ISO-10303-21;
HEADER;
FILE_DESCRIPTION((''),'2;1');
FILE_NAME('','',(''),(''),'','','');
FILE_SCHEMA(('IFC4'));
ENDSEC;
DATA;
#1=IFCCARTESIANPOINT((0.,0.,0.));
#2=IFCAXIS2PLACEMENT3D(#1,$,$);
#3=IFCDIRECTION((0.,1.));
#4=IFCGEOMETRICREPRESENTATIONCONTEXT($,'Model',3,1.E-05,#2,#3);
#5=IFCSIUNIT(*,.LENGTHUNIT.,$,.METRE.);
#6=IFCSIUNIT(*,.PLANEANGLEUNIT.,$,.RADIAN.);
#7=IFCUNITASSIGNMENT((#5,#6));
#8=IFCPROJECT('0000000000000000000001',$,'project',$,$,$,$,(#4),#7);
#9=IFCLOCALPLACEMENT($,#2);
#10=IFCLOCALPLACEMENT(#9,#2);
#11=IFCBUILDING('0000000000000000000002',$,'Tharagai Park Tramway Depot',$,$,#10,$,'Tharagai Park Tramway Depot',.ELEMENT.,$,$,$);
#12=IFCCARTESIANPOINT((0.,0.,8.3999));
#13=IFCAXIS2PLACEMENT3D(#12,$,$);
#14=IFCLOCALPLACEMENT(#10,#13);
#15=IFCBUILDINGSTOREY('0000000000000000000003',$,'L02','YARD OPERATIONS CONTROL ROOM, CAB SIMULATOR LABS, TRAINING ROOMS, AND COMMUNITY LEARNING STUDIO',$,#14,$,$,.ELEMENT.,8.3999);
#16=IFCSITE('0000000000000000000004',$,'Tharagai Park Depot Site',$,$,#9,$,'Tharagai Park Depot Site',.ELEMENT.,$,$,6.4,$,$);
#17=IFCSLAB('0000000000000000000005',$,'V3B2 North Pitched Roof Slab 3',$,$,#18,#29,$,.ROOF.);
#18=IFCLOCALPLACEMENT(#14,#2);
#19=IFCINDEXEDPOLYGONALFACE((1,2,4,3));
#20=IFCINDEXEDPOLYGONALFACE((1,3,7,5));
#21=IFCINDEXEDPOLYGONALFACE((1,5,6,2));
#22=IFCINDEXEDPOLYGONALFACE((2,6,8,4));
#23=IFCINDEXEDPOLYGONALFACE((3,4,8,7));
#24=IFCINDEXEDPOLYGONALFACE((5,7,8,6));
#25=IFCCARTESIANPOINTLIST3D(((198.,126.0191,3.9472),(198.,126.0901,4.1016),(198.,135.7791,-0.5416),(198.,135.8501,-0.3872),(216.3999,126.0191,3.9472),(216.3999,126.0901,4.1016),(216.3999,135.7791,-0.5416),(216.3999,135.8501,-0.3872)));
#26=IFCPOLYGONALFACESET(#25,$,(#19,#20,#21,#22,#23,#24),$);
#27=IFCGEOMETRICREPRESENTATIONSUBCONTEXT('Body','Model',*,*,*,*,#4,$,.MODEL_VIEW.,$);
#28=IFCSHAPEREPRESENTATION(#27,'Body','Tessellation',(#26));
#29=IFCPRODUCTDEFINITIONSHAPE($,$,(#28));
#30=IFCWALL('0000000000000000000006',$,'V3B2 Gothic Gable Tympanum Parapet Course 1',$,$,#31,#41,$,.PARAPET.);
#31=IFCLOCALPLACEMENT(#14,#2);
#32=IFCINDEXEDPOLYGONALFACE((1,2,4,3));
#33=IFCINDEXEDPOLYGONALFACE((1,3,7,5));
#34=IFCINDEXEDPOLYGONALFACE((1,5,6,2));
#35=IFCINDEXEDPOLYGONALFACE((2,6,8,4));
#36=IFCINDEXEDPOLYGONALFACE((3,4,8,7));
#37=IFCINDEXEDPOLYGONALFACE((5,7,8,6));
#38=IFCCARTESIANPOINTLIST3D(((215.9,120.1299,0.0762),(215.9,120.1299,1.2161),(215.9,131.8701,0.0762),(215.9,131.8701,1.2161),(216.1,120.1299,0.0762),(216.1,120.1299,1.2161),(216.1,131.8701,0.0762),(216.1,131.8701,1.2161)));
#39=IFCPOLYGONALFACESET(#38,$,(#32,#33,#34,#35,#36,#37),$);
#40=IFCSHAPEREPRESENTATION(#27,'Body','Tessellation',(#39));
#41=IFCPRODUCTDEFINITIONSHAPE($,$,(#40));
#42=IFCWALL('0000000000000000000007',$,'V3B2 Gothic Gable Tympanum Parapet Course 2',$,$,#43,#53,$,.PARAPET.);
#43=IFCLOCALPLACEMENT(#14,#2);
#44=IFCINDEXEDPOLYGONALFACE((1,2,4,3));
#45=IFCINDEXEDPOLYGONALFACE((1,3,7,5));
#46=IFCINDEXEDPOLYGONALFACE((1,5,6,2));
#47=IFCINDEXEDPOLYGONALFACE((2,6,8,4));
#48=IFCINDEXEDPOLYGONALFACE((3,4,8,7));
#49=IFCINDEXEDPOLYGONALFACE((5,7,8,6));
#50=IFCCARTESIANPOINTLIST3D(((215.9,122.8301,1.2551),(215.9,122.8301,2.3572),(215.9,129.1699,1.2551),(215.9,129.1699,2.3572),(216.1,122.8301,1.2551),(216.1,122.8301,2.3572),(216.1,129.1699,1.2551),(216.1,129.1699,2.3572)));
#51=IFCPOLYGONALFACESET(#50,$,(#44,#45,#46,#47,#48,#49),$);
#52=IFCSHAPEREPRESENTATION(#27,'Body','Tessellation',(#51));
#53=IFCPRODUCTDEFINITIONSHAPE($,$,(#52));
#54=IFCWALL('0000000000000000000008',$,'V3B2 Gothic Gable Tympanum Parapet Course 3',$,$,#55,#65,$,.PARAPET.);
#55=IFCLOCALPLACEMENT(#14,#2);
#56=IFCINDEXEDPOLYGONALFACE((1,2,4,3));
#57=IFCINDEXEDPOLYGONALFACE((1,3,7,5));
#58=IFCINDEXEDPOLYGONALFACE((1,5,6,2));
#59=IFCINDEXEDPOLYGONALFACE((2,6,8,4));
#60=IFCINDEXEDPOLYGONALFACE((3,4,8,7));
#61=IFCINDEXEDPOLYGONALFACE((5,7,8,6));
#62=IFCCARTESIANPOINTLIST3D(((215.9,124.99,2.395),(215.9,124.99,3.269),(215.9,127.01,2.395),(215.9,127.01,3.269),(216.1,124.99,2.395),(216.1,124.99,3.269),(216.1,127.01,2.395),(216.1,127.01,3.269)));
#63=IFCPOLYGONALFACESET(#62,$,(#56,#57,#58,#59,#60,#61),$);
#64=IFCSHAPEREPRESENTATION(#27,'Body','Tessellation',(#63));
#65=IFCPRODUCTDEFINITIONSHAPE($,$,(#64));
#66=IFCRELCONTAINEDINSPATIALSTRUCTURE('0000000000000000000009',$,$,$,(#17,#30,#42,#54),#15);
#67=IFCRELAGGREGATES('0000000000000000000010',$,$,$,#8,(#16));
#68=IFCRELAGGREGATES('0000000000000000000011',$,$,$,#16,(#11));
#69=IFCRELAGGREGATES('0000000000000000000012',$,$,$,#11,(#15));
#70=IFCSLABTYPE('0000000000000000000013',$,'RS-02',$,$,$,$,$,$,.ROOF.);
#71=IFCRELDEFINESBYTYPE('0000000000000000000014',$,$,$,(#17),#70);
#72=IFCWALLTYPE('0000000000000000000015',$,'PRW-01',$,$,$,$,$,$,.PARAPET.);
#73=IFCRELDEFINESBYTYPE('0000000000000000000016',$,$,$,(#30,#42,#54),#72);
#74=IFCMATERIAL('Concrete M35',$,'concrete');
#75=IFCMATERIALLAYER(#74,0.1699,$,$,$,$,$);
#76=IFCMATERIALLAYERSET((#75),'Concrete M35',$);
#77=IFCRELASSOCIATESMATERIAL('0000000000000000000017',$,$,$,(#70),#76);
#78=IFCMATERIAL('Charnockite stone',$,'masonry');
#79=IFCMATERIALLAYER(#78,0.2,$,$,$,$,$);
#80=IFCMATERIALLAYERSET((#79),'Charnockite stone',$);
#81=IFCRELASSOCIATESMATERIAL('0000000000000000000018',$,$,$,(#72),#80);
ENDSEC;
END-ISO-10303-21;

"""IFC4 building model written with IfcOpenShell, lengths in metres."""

from ifc_helpers import new_model, si_unit, direction, frame, frame_2d, origin, place, context, subcontext, project, spatial, polyline, rectangle, outline, extrude, material, layer, layer_set, type_object, element, save


model = new_model("IFC4")

# Units and contexts
model_context = context("Model", 3, precision=1e-05, world=origin(), true_north=direction((0.0, 1.0)))
body_context = subcontext(model_context, "Body", "Model", "MODEL_VIEW")
ifc_project = project(units=[si_unit("LENGTHUNIT", "METRE"), si_unit("PLANEANGLEUNIT", "RADIAN")], contexts=[model_context])

# Site, building, storey
site_placement = place(None, origin())
site = spatial("IfcSite", under=ifc_project, at=site_placement, Name="Tharagai Park Depot Site", LongName="Tharagai Park Depot Site", CompositionType="ELEMENT", RefElevation=6.4)
building_placement = place(site_placement, origin())
building = spatial("IfcBuilding", under=site, at=building_placement, Name="Tharagai Park Tramway Depot", LongName="Tharagai Park Tramway Depot", CompositionType="ELEMENT")
storey_placement = place(building_placement, frame((0.0, 0.0, 8.3999)))
storey = spatial("IfcBuildingStorey", under=building, at=storey_placement, Name="L02", Description="YARD OPERATIONS CONTROL ROOM, CAB SIMULATOR LABS, TRAINING ROOMS, AND COMMUNITY LEARNING STUDIO", CompositionType="ELEMENT", Elevation=8.3999)

# Slab
ifc_material_1 = material(Name="Concrete M35", Category="concrete")
ifc_layer_1 = layer(ifc_material_1, 0.1699)
ifc_layer_set_1 = layer_set([ifc_layer_1], Name="Concrete M35")
slab_type = type_object("IfcSlabType", Name="RS-02", PredefinedType="ROOF", material=ifc_layer_set_1)
slab_1_placement = place(storey_placement, frame((216.3999, 135.8501, -0.3872), z_axis=(0.0, 0.417841, 0.90852), x_axis=(-1.0, 0.0, 0.0)))
element("IfcSlab", 1, at=slab_1_placement, inside=storey, type_object=slab_type, Name="V3B2 North Pitched Roof Slab 3", PredefinedType="ROOF", context=body_context, shape_type="SweptSolid", body=[
    extrude(outline(polyline([(0.0, 0.0), (18.3999, 0.0), (18.3999, 10.7428), (0.0, 10.7428), (0.0, 0.0)])), origin(), (0.0, 0.0, -1.0), 0.1699),
])

# Walls
ifc_material_2 = material(Name="Charnockite stone", Category="masonry")
ifc_layer_2 = layer(ifc_material_2, 0.2)
ifc_layer_set_2 = layer_set([ifc_layer_2], Name="Charnockite stone")
wall_type = type_object("IfcWallType", Name="PRW-01", PredefinedType="PARAPET", material=ifc_layer_set_2)
wall_1_placement = place(storey_placement, frame((216.0, 120.1299, 0.0762), z_axis=(0.0, 0.0, 1.0), x_axis=(0.0, 1.0, 0.0)))
element("IfcWall", 2, at=wall_1_placement, inside=storey, type_object=wall_type, Name="V3B2 Gothic Gable Tympanum Parapet Course 1", PredefinedType="PARAPET", context=body_context, shape_type="SweptSolid", body=[
    extrude(rectangle(XDim=11.7402, YDim=0.2, at=frame_2d((5.8701, 0.0))), origin(), (0.0, 0.0, 1.0), 1.1399),
])
wall_2_placement = place(storey_placement, frame((216.0, 122.8301, 1.2551), z_axis=(0.0, 0.0, 1.0), x_axis=(0.0, 1.0, 0.0)))
element("IfcWall", 3, at=wall_2_placement, inside=storey, type_object=wall_type, Name="V3B2 Gothic Gable Tympanum Parapet Course 2", PredefinedType="PARAPET", context=body_context, shape_type="SweptSolid", body=[
    extrude(rectangle(XDim=6.3398, YDim=0.2, at=frame_2d((3.1699, 0.0))), origin(), (0.0, 0.0, 1.0), 1.1021),
])
wall_3_placement = place(storey_placement, frame((216.0, 124.99, 2.395), z_axis=(0.0, 0.0, 1.0), x_axis=(0.0, 1.0, 0.0)))
element("IfcWall", 4, at=wall_3_placement, inside=storey, type_object=wall_type, Name="V3B2 Gothic Gable Tympanum Parapet Course 3", PredefinedType="PARAPET", context=body_context, shape_type="SweptSolid", body=[
    extrude(rectangle(XDim=2.02, YDim=0.2, at=frame_2d((1.01, 0.0))), origin(), (0.0, 0.0, 1.0), 0.874),
])

save(model, "model.ifc")
